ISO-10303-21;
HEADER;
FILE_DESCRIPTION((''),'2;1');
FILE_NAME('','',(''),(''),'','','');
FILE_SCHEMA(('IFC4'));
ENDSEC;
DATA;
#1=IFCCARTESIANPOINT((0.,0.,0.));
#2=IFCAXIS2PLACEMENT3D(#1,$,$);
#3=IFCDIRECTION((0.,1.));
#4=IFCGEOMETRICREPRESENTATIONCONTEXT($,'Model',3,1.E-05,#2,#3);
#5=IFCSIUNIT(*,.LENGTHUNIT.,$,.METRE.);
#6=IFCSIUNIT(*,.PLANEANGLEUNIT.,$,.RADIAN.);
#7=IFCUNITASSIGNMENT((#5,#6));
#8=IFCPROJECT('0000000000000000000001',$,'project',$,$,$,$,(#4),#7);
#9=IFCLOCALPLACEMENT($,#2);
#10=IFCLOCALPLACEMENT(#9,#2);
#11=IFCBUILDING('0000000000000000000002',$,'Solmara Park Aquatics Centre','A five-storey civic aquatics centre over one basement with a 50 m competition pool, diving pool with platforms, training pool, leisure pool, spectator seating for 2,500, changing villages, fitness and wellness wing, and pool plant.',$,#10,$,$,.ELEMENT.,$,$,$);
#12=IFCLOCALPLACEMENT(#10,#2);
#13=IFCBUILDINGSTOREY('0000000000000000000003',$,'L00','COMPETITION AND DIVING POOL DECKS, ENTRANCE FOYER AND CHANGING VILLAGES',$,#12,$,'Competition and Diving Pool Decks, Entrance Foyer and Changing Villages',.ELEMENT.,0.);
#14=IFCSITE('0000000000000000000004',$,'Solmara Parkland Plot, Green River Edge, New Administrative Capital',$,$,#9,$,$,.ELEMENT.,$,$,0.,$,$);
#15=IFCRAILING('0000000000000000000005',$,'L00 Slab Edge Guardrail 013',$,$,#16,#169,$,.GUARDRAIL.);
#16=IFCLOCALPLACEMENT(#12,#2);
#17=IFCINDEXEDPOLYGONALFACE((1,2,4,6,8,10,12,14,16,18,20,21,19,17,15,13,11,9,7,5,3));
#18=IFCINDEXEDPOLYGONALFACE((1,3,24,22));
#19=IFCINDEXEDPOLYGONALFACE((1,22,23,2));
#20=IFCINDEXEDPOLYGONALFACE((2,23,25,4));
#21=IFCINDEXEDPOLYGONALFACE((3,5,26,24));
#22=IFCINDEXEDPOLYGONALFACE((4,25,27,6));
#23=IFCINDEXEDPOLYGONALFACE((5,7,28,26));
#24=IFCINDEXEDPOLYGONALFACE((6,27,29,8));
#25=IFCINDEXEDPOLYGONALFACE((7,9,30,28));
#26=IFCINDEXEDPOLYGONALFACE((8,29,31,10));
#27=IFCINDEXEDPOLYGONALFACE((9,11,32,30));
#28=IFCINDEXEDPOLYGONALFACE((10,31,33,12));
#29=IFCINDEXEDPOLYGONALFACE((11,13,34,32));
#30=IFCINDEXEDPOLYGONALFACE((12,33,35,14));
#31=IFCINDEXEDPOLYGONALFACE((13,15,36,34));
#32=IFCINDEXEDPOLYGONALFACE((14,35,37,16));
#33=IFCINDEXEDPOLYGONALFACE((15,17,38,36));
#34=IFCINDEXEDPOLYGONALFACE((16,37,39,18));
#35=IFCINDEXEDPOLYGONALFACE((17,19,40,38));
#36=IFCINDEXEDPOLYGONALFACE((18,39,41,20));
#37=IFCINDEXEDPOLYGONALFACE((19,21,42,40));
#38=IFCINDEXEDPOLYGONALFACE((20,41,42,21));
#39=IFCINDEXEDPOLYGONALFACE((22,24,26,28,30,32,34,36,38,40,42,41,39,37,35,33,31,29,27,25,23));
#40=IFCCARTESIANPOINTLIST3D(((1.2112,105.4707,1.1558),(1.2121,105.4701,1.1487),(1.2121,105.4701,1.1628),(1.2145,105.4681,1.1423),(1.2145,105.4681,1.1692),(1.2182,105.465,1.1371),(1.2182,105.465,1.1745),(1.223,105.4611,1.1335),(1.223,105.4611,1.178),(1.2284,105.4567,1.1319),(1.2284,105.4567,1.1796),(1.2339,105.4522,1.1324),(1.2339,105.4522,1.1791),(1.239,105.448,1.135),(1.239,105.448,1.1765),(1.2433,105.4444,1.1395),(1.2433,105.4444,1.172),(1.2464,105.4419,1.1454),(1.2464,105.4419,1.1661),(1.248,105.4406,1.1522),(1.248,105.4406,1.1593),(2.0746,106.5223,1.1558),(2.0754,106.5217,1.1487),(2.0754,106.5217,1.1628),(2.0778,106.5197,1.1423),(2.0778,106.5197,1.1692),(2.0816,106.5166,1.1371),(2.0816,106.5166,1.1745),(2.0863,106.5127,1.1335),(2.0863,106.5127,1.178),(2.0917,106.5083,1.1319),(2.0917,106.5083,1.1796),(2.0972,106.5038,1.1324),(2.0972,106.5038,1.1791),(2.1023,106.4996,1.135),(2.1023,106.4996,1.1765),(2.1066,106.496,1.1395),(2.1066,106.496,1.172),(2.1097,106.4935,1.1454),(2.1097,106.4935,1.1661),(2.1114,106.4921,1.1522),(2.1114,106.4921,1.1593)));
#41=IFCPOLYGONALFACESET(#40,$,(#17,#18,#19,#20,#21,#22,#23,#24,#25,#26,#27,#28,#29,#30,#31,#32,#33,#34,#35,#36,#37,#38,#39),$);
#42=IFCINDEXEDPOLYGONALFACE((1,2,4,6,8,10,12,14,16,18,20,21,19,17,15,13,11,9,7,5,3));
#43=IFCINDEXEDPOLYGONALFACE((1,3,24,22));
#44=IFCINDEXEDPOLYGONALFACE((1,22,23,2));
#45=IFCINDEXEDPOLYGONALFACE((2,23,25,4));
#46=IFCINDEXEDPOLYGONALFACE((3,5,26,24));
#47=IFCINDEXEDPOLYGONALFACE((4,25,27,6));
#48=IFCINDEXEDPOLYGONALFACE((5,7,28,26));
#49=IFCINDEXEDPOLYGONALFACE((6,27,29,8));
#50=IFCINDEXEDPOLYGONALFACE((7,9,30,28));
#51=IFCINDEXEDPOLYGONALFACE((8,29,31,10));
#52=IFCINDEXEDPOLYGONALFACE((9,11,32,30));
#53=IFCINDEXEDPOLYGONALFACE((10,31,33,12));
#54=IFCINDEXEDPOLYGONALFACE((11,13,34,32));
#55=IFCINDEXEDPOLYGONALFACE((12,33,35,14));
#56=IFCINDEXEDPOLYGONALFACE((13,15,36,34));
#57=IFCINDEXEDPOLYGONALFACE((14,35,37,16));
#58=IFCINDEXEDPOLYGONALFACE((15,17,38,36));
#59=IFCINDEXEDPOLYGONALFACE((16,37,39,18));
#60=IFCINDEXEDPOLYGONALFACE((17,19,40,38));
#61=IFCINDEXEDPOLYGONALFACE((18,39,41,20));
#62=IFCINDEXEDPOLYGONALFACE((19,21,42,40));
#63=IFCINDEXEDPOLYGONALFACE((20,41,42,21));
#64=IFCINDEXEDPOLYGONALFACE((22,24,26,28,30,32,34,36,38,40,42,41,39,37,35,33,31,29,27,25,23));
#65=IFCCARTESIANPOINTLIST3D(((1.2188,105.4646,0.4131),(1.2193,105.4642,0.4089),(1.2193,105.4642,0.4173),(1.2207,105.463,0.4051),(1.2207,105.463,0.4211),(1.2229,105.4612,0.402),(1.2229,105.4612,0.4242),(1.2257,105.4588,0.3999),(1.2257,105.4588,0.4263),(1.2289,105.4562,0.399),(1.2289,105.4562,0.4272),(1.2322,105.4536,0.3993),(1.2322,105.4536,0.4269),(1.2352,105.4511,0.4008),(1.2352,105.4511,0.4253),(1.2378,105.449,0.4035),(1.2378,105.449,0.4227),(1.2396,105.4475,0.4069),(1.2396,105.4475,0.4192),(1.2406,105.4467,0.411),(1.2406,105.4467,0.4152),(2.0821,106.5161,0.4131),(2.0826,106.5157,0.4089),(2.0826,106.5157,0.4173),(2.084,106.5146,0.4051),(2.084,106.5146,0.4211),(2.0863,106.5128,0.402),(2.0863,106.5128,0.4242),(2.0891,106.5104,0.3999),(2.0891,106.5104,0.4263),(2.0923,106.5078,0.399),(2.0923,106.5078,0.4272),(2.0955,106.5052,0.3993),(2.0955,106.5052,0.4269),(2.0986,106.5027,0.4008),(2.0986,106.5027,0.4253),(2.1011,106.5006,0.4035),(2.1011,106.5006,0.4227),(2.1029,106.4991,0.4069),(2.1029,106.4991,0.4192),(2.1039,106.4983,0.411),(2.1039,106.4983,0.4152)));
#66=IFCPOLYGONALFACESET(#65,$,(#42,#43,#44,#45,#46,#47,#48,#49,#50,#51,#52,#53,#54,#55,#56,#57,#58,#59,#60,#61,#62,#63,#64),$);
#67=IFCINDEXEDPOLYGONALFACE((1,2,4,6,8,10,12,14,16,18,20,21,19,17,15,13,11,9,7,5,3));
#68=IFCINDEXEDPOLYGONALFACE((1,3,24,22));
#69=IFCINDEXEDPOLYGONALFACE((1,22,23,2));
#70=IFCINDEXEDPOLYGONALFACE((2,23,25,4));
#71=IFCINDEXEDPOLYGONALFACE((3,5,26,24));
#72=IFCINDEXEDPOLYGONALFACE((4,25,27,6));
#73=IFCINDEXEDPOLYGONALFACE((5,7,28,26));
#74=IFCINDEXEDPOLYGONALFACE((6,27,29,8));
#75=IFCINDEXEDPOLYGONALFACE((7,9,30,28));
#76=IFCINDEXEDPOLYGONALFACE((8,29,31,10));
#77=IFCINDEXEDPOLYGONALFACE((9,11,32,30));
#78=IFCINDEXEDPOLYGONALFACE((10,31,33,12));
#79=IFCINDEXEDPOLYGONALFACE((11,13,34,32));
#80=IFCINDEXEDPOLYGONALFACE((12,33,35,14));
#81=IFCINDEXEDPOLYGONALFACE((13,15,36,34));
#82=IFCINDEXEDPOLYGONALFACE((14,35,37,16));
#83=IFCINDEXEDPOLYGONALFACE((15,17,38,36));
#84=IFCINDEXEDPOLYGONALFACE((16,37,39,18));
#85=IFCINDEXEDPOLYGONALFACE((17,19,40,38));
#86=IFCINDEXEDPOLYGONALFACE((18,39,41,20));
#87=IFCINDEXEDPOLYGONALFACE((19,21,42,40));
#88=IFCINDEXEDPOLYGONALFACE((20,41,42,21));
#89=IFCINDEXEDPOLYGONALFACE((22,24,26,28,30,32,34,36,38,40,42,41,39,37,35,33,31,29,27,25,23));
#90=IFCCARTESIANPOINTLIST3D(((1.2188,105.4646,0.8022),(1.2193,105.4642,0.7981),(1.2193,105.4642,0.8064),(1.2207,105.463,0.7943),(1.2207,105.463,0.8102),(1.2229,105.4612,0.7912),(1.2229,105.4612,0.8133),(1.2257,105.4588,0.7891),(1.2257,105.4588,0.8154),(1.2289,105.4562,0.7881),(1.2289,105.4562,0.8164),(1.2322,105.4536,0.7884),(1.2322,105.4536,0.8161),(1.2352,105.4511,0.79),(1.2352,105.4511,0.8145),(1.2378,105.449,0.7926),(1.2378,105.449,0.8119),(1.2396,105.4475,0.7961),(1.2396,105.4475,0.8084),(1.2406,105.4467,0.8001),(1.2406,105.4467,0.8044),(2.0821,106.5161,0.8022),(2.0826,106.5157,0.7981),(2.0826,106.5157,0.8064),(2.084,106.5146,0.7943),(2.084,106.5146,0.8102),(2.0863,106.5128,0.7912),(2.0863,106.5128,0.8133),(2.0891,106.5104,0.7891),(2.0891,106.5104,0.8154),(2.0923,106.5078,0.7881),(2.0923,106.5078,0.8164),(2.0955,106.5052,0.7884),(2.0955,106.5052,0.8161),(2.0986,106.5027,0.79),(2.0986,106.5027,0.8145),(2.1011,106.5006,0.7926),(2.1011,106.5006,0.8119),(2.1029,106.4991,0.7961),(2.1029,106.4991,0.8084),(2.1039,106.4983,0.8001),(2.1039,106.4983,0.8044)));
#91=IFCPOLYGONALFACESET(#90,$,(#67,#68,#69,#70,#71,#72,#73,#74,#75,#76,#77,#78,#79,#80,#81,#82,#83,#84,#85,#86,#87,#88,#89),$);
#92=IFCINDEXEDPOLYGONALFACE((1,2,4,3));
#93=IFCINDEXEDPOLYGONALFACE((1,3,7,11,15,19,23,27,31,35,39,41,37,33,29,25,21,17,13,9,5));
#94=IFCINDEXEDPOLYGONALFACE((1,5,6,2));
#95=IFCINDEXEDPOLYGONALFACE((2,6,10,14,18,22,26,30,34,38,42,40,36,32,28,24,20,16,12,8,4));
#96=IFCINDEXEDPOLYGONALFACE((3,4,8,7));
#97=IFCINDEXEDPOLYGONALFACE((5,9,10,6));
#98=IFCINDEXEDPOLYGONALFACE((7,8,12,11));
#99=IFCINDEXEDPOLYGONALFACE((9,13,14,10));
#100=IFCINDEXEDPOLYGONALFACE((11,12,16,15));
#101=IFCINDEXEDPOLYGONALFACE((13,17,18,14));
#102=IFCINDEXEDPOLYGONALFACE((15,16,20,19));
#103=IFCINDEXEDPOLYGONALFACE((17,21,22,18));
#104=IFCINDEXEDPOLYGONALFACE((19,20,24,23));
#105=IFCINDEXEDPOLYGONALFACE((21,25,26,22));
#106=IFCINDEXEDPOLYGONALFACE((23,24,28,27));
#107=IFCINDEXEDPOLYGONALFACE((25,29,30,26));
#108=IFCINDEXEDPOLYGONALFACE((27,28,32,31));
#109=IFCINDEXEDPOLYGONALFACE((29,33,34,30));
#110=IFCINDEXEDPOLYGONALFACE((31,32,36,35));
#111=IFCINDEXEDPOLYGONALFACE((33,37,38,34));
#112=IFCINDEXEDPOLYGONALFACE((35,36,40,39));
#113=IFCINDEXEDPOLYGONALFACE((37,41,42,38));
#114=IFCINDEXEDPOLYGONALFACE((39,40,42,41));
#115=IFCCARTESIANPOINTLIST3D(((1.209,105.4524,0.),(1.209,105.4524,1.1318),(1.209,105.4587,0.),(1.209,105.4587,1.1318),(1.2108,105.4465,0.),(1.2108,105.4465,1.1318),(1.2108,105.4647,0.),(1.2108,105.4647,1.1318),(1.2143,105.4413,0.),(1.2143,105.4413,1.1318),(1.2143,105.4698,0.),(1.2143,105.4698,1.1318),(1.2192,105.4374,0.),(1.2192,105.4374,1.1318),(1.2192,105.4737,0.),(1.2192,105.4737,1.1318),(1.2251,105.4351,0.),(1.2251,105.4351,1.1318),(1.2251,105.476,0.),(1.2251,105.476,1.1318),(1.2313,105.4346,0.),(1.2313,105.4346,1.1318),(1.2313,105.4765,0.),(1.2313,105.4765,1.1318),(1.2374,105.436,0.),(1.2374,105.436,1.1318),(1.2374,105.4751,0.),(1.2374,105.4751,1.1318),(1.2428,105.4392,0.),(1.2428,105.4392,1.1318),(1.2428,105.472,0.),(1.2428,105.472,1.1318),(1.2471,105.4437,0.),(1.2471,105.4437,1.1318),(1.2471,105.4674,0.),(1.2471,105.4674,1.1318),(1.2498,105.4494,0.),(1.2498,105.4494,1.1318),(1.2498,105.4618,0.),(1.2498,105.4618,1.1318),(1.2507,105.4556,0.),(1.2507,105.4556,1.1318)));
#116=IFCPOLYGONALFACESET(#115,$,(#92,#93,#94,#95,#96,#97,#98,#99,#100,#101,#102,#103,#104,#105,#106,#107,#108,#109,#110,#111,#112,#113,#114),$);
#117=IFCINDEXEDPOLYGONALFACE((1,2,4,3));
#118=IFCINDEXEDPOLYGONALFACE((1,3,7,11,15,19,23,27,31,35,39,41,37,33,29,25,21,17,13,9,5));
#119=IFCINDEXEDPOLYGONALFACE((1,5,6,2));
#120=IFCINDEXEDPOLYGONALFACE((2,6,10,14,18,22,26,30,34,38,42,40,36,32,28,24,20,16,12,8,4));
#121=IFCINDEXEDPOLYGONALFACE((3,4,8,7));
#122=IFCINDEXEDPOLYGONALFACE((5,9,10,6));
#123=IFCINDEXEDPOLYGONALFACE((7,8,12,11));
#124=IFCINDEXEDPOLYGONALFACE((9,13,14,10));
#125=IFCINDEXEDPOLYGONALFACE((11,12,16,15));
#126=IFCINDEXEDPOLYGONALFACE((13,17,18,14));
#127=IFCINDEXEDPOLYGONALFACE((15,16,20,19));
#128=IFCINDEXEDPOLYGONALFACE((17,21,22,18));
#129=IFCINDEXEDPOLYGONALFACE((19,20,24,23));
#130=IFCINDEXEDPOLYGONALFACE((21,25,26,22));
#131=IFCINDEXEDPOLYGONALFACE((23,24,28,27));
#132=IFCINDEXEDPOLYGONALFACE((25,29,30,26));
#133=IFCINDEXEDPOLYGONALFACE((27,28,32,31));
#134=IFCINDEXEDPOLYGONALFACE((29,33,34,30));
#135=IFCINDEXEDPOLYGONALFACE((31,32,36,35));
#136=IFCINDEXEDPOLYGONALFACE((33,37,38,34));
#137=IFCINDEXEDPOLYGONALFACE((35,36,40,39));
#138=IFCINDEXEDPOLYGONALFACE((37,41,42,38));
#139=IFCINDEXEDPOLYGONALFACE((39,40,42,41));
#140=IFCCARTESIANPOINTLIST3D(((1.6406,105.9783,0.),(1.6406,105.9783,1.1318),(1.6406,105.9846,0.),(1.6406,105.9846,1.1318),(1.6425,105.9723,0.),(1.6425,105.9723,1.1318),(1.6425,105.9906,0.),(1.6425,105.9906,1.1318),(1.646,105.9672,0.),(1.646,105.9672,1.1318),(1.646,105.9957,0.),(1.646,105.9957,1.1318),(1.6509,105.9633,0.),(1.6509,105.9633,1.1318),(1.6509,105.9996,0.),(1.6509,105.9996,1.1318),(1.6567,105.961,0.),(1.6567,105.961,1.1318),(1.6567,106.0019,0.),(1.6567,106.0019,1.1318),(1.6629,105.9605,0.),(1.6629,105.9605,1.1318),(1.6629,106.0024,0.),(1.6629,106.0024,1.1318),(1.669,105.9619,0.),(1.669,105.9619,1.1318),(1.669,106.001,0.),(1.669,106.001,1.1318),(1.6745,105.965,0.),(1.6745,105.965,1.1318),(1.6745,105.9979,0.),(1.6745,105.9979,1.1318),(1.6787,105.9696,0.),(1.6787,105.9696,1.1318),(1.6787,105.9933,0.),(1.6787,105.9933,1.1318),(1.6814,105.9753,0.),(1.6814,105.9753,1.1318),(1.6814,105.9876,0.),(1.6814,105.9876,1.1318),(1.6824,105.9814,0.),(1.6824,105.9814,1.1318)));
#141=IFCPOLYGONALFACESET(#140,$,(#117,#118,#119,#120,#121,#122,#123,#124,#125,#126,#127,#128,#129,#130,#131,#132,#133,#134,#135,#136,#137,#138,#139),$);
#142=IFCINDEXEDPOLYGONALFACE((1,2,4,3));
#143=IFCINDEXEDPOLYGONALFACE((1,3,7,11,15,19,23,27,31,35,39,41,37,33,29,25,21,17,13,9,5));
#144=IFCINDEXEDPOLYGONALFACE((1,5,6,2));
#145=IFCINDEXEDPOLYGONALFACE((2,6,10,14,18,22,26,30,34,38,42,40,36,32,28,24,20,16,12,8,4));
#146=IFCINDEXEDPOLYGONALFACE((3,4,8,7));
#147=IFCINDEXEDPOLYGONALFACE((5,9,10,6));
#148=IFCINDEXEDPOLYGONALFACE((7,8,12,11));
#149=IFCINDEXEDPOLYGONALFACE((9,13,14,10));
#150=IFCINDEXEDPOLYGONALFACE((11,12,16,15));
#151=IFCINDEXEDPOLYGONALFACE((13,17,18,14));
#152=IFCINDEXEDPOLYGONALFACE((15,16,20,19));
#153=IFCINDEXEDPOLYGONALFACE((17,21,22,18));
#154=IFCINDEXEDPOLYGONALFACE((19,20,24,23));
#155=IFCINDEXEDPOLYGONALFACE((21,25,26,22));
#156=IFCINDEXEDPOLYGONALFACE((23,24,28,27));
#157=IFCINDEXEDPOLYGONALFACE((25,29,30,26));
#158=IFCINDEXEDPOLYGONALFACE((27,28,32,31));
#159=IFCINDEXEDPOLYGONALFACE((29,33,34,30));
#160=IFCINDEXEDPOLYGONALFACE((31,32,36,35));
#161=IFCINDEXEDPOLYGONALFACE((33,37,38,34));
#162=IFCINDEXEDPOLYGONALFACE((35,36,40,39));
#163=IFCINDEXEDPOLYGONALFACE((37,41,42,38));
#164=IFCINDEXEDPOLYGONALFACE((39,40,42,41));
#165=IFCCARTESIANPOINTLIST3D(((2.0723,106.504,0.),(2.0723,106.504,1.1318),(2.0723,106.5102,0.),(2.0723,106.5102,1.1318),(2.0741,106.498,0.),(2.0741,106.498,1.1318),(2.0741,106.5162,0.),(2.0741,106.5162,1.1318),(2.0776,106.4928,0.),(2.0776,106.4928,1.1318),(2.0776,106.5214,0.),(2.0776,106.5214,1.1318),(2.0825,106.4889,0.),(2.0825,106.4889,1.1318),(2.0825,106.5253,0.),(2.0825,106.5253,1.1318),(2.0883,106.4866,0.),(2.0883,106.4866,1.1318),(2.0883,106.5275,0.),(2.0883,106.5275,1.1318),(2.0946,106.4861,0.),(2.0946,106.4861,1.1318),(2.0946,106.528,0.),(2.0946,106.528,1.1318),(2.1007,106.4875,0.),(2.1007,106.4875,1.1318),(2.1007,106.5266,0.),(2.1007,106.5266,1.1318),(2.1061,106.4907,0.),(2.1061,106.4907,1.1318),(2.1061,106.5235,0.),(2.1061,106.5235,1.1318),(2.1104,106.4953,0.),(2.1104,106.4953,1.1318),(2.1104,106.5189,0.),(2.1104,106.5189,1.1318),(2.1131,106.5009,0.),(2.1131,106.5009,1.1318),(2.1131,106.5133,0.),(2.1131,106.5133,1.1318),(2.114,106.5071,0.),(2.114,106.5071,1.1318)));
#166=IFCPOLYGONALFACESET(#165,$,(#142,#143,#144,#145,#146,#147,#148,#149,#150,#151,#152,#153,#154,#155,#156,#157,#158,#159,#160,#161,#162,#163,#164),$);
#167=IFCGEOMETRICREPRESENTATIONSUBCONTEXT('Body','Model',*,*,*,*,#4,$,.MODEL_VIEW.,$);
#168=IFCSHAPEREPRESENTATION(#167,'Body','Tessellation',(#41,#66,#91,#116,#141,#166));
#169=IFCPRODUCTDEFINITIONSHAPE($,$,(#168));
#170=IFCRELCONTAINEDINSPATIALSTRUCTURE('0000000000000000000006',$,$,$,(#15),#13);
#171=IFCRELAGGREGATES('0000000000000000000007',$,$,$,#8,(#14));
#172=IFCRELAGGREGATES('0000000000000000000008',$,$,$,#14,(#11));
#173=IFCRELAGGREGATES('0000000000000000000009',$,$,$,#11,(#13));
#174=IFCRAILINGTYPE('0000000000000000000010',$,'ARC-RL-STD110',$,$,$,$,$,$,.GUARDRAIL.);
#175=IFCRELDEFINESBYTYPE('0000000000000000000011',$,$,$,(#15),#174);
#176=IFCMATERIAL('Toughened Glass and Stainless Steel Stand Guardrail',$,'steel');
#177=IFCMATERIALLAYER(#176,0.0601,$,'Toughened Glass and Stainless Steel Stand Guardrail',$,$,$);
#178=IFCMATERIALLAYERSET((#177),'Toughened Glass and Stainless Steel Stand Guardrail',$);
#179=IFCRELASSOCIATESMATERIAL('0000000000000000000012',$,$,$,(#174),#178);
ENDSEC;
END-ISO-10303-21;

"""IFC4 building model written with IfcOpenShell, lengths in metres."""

from ifc_helpers import new_model, si_unit, direction, frame, origin, origin_2d, place, context, subcontext, project, spatial, circle, extrude, material, layer, layer_set, type_object, element, save


model = new_model("IFC4")

# Units and contexts
model_context = context("Model", 3, precision=1e-05, world=origin(), true_north=direction((0.0, 1.0)))
body_context = subcontext(model_context, "Body", "Model", "MODEL_VIEW")
ifc_project = project(units=[si_unit("LENGTHUNIT", "METRE"), si_unit("PLANEANGLEUNIT", "RADIAN")], contexts=[model_context])

# Site, building, storey
site_placement = place(None, origin())
site = spatial("IfcSite", under=ifc_project, at=site_placement, Name="Solmara Parkland Plot, Green River Edge, New Administrative Capital", CompositionType="ELEMENT", RefElevation=0.0)
building_placement = place(site_placement, origin())
building = spatial("IfcBuilding", under=site, at=building_placement, Name="Solmara Park Aquatics Centre", Description="A five-storey civic aquatics centre over one basement with a 50 m competition pool, diving pool with platforms, training pool, leisure pool, spectator seating for 2,500, changing villages, fitness and wellness wing, and pool plant.", CompositionType="ELEMENT")
storey_placement = place(building_placement, origin())
storey = spatial("IfcBuildingStorey", under=building, at=storey_placement, Name="L00", Description="COMPETITION AND DIVING POOL DECKS, ENTRANCE FOYER AND CHANGING VILLAGES", LongName="Competition and Diving Pool Decks, Entrance Foyer and Changing Villages", CompositionType="ELEMENT", Elevation=0.0)

# Railing
ifc_material_1 = material(Name="Toughened Glass and Stainless Steel Stand Guardrail", Category="steel")
ifc_layer_1 = layer(ifc_material_1, 0.0601, Name="Toughened Glass and Stainless Steel Stand Guardrail")
ifc_layer_set_1 = layer_set([ifc_layer_1], Name="Toughened Glass and Stainless Steel Stand Guardrail")
railing_type = type_object("IfcRailingType", Name="ARC-RL-STD110", PredefinedType="GUARDRAIL", material=ifc_layer_set_1)
railing_1_placement = place(storey_placement, frame((1.2297, 105.4556, 0.0)))
element("IfcRailing", 1, at=railing_1_placement, inside=storey, type_object=railing_type, Name="L00 Slab Edge Guardrail 013", PredefinedType="GUARDRAIL", context=body_context, shape_type="SweptSolid", body=[
    extrude(circle(Radius=0.0239, at=origin_2d()), frame((0.0, 0.0, 1.1558), z_axis=(0.634537, 0.772893, 0.0), x_axis=(-0.772893, 0.634537, 0.0)), (0.0, 0.0, 1.0), 1.3606),
    extrude(circle(Radius=0.0142, at=origin_2d()), frame((0.0, 0.0, 0.4131), z_axis=(0.634537, 0.772893, 0.0), x_axis=(-0.772893, 0.634537, 0.0)), (0.0, 0.0, 1.0), 1.3606),
    extrude(circle(Radius=0.0142, at=origin_2d()), frame((0.0, 0.0, 0.8022), z_axis=(0.634537, 0.772893, 0.0), x_axis=(-0.772893, 0.634537, 0.0)), (0.0, 0.0, 1.0), 1.3606),
    extrude(circle(Radius=0.021, at=origin_2d()), origin(), (0.0, 0.0, 1.0), 1.1318),
    extrude(circle(Radius=0.021, at=origin_2d()), frame((0.4316, 0.5259, 0.0)), (0.0, 0.0, 1.0), 1.1318),
    extrude(circle(Radius=0.021, at=origin_2d()), frame((0.8633, 1.0515, 0.0)), (0.0, 0.0, 1.0), 1.1318),
])

save(model, "model.ifc")
